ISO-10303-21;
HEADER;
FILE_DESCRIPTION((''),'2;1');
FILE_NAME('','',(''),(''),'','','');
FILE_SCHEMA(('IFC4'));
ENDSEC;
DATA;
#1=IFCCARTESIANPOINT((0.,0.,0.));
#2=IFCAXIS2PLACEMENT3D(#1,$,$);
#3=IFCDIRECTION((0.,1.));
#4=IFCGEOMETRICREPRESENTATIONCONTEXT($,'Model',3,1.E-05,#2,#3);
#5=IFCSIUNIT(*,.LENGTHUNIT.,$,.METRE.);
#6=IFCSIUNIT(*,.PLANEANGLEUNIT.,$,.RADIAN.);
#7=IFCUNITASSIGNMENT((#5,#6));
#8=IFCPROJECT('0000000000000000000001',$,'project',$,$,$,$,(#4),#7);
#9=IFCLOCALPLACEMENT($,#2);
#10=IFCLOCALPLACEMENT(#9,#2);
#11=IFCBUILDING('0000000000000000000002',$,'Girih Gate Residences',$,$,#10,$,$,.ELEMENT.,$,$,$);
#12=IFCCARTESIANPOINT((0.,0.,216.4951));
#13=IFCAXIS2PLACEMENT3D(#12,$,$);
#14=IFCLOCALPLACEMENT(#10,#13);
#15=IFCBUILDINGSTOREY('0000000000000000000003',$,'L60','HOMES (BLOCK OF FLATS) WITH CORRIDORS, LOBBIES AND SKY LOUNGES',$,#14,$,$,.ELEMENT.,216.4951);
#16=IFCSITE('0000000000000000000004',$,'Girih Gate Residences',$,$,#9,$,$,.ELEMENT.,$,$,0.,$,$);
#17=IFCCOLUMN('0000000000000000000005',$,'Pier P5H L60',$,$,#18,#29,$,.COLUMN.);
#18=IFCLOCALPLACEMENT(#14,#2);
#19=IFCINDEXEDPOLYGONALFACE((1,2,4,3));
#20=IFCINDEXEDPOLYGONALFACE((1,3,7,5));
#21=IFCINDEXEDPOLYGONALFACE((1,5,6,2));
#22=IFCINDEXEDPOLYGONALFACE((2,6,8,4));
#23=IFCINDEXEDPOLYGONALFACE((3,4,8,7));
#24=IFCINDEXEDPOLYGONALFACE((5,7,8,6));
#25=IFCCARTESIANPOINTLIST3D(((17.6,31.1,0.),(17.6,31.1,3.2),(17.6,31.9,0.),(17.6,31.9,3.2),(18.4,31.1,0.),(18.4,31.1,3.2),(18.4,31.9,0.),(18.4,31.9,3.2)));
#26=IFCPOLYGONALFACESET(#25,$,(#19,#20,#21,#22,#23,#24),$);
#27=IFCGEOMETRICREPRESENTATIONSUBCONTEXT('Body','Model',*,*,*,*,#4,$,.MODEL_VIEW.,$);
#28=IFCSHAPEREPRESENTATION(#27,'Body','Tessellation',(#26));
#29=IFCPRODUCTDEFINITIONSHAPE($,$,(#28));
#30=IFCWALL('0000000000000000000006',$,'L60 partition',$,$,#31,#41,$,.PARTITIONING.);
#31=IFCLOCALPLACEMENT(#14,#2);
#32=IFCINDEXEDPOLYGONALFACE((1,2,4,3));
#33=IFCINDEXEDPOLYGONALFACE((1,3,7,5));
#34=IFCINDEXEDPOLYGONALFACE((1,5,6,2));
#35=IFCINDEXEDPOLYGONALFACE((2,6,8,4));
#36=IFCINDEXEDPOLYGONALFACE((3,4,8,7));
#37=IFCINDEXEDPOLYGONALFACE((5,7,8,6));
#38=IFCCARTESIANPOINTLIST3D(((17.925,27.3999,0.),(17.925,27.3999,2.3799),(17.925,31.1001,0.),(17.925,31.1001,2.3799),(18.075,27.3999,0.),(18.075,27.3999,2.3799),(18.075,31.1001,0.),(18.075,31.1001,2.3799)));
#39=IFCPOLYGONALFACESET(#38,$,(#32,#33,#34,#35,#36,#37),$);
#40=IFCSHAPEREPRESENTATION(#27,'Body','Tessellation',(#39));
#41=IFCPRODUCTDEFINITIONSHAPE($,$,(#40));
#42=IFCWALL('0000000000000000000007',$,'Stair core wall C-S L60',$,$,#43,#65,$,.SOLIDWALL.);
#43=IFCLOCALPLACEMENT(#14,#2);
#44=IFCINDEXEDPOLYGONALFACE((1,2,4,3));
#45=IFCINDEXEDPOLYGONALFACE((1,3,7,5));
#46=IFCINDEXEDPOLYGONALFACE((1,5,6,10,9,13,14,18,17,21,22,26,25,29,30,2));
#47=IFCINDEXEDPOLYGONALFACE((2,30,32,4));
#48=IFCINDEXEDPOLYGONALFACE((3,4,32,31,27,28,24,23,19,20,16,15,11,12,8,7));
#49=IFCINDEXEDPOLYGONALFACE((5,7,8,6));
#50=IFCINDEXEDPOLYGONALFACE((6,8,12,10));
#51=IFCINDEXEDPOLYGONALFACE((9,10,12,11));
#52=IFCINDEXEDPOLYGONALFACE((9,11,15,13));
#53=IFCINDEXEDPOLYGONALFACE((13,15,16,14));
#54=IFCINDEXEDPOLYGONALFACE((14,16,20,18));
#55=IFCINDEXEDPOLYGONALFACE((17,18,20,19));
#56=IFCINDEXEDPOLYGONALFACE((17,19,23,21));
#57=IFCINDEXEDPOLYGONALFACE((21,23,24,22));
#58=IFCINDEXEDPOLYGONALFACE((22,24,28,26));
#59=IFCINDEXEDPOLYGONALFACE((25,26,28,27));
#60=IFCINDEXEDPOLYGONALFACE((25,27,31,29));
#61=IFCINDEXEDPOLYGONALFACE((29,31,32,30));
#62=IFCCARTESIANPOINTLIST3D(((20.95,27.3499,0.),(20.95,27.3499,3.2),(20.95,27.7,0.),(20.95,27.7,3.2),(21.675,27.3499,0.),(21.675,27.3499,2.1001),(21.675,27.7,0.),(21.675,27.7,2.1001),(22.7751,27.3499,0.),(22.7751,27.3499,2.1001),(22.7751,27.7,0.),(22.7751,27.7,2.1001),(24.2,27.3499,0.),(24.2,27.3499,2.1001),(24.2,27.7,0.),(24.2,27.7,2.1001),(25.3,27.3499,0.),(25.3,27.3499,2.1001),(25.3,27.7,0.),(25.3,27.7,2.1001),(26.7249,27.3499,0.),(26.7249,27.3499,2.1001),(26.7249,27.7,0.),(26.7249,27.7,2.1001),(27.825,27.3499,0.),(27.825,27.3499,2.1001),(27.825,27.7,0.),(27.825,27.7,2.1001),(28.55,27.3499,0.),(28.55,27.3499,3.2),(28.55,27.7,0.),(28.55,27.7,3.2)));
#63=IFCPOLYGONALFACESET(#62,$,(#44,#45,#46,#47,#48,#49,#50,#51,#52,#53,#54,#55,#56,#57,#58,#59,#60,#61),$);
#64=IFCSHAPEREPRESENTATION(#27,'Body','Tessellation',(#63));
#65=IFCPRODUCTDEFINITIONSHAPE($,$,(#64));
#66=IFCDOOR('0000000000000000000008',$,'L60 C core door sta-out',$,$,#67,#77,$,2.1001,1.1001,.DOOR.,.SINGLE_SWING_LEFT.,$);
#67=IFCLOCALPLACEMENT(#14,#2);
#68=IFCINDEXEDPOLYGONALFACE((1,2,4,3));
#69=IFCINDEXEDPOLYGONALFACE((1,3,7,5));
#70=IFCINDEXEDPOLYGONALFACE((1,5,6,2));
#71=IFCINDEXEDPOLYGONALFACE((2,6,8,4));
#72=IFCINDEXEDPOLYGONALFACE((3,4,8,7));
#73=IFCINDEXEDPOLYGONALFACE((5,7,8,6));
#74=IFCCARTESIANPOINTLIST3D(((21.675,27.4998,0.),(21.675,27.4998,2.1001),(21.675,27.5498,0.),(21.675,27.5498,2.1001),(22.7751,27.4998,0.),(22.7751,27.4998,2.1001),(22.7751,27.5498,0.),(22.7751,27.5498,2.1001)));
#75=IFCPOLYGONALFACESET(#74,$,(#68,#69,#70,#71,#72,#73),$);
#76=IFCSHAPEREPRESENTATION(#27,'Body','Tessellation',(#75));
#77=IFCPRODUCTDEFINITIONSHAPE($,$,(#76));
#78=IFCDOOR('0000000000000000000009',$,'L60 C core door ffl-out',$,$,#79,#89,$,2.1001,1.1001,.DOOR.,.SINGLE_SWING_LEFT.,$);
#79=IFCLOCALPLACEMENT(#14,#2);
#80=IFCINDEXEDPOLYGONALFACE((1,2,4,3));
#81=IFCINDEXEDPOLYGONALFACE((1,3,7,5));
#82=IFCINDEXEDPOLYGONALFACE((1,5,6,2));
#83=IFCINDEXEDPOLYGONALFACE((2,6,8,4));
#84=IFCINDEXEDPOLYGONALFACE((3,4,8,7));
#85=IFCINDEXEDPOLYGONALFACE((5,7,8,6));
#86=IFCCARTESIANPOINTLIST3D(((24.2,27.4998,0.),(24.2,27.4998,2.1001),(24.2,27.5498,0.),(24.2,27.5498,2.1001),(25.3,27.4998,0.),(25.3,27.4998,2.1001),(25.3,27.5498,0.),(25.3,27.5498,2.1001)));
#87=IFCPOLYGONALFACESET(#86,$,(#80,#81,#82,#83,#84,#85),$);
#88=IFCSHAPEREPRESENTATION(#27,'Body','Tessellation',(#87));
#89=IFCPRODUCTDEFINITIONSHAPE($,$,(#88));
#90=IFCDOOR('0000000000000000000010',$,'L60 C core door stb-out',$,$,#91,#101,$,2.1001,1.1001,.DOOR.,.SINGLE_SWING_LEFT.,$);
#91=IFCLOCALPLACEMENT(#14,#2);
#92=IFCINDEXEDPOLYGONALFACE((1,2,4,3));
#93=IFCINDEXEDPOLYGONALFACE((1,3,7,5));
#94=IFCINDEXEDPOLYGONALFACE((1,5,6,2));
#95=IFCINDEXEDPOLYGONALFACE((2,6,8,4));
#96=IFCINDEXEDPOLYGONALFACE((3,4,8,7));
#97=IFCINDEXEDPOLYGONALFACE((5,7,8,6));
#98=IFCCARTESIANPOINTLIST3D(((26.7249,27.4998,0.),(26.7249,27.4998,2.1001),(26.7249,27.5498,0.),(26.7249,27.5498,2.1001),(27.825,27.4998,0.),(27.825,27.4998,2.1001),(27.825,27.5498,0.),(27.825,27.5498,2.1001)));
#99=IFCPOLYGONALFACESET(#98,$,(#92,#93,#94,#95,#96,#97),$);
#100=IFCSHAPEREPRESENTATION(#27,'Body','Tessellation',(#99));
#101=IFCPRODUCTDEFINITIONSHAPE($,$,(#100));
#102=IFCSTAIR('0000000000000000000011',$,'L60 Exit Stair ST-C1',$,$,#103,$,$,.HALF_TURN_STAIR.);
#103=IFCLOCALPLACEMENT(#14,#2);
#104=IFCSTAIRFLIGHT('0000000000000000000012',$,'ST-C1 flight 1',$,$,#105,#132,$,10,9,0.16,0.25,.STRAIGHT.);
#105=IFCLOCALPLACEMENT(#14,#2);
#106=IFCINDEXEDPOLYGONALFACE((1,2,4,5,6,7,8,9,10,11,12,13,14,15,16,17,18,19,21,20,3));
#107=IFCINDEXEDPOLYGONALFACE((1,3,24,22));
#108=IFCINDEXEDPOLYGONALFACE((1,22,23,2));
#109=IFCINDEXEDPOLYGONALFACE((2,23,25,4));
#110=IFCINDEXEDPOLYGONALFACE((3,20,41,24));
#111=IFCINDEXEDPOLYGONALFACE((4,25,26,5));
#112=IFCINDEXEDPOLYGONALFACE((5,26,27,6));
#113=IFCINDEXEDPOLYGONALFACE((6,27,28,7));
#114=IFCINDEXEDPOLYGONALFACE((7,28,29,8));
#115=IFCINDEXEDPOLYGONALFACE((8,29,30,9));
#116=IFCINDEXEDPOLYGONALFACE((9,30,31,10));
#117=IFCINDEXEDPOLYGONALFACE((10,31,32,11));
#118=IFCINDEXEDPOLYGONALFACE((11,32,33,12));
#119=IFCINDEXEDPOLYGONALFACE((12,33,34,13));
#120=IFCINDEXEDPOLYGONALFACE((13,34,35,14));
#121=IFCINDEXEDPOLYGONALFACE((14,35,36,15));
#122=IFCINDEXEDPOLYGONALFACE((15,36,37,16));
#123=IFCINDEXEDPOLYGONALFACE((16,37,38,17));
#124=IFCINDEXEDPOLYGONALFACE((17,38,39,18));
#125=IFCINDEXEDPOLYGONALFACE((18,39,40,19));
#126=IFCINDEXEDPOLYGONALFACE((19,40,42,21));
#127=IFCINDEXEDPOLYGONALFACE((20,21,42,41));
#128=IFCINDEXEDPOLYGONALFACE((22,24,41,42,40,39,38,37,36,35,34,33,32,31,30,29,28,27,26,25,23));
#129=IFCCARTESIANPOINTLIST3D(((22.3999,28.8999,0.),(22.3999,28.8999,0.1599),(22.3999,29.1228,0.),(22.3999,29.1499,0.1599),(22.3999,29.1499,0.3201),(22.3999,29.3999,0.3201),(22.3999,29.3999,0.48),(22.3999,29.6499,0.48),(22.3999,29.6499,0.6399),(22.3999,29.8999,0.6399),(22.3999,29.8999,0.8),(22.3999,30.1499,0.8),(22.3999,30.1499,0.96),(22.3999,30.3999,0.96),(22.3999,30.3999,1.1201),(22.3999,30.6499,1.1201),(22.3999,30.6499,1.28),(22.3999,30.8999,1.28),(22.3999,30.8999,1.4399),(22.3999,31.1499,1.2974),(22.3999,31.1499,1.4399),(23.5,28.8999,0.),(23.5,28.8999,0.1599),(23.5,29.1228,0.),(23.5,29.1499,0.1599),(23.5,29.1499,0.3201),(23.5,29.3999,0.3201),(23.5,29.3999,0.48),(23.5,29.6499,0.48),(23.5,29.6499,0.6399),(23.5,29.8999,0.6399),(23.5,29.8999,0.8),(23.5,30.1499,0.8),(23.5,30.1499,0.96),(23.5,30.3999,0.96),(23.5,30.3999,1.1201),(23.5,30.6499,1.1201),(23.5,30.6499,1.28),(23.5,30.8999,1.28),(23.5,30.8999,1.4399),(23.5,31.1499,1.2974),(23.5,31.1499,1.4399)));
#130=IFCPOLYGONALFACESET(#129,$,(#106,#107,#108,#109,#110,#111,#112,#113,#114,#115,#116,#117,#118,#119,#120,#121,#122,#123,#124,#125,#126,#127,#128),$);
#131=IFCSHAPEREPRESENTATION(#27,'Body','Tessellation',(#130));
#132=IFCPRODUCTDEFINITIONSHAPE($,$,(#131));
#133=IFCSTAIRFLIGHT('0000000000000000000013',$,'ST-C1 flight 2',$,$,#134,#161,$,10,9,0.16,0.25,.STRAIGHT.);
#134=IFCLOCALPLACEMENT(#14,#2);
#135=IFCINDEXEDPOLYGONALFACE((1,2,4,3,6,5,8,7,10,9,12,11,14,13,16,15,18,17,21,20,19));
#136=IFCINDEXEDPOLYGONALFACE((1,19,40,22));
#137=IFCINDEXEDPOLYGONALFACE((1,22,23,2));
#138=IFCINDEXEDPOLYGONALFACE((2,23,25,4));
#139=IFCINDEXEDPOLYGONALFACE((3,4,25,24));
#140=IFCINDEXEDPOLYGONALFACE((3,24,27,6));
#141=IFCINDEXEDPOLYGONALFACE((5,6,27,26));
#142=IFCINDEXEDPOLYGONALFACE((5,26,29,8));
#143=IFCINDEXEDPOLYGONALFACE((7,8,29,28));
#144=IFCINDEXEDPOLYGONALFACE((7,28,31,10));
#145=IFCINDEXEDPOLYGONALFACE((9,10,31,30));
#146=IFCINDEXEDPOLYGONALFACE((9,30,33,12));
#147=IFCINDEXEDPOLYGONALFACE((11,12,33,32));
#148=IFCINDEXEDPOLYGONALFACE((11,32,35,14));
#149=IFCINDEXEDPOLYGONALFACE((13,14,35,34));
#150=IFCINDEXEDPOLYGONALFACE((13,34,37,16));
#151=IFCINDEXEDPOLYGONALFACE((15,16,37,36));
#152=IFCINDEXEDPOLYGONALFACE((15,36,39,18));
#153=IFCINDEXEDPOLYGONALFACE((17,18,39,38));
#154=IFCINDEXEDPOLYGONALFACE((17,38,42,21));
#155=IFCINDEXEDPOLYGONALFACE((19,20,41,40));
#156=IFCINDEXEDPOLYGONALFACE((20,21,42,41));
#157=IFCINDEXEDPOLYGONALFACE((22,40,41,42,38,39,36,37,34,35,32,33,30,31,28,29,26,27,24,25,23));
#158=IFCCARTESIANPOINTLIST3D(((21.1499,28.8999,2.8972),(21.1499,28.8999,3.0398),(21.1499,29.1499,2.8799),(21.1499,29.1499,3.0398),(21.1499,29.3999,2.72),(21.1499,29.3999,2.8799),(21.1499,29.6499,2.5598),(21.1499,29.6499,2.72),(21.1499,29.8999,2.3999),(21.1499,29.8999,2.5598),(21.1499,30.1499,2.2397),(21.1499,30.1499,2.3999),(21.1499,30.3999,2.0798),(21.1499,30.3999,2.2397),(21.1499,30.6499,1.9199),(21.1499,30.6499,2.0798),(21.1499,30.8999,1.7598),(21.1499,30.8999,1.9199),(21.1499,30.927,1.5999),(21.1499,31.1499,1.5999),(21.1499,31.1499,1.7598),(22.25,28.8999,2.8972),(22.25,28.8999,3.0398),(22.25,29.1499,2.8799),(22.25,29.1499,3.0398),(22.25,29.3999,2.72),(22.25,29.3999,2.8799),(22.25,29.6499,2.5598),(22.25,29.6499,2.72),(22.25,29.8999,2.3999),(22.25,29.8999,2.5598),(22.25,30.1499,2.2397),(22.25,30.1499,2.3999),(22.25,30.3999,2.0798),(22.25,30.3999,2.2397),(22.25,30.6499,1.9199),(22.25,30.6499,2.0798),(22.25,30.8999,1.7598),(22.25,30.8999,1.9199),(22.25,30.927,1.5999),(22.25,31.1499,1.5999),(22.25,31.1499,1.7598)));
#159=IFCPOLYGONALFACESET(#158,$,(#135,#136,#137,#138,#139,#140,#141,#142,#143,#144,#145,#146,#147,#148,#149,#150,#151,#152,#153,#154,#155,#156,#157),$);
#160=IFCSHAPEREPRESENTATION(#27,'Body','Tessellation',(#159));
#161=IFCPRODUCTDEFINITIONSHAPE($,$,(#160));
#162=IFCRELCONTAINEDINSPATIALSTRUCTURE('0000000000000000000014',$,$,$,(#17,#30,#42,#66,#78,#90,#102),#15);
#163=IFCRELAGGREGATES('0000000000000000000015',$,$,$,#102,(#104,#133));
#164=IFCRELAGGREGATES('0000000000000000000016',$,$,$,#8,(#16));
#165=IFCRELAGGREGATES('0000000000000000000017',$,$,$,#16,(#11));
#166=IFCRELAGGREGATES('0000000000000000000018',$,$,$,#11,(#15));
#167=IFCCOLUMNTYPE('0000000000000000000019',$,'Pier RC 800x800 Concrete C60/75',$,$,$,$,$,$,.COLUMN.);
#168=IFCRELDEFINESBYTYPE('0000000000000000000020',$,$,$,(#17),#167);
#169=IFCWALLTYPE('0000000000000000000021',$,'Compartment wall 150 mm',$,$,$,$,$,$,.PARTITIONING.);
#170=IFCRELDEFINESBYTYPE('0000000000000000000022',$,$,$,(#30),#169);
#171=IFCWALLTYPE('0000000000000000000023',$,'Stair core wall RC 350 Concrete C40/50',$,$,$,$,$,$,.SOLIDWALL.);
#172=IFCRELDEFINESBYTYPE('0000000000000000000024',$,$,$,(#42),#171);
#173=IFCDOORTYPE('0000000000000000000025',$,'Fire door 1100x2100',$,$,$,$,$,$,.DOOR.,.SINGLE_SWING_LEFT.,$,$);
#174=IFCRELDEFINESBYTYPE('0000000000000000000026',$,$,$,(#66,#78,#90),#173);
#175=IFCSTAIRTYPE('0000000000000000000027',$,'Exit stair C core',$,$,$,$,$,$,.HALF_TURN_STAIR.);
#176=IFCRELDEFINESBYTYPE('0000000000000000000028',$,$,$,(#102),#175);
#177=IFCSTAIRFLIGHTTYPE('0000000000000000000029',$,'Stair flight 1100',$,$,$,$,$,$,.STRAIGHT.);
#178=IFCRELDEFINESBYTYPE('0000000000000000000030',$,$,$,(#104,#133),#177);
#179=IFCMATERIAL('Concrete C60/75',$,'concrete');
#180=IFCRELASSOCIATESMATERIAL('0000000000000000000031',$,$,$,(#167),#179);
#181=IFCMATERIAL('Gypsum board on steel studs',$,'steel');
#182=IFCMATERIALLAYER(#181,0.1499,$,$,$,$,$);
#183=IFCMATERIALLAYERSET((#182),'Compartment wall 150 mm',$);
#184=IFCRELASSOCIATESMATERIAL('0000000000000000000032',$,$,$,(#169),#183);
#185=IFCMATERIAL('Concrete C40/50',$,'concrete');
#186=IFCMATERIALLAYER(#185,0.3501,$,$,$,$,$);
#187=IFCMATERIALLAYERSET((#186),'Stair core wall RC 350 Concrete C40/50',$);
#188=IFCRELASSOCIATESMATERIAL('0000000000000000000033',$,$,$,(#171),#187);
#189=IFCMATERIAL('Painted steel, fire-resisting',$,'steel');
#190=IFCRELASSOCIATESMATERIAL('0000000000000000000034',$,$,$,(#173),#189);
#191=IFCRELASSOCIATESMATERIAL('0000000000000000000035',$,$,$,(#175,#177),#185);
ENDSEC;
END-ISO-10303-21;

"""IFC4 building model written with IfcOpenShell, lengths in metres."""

from ifc_helpers import new_model, si_unit, direction, frame, frame_2d, origin, origin_2d, place, context, subcontext, project, spatial, polyline, rectangle, outline, extrude, material, layer, layer_set, material_profile, profile_set, type_object, element, fill, aggregate, save


model = new_model("IFC4")

# Units and contexts
model_context = context("Model", 3, precision=1e-05, world=origin(), true_north=direction((0.0, 1.0)))
body_context = subcontext(model_context, "Body", "Model", "MODEL_VIEW")
ifc_project = project(units=[si_unit("LENGTHUNIT", "METRE"), si_unit("PLANEANGLEUNIT", "RADIAN")], contexts=[model_context])

# Site, building, storey
site_placement = place(None, origin())
site = spatial("IfcSite", under=ifc_project, at=site_placement, Name="Girih Gate Residences", CompositionType="ELEMENT", RefElevation=0.0)
building_placement = place(site_placement, origin())
building = spatial("IfcBuilding", under=site, at=building_placement, Name="Girih Gate Residences", CompositionType="ELEMENT")
storey_placement = place(building_placement, frame((0.0, 0.0, 216.4951)))
storey = spatial("IfcBuildingStorey", under=building, at=storey_placement, Name="L60", Description="HOMES (BLOCK OF FLATS) WITH CORRIDORS, LOBBIES AND SKY LOUNGES", CompositionType="ELEMENT", Elevation=216.4951)

# Column
ifc_material_1 = material(Name="Concrete C60/75", Category="concrete")
ifc_material_profile = material_profile(ifc_material_1, rectangle(XDim=0.8, YDim=0.8, at=origin_2d()))
ifc_profile_set = profile_set([ifc_material_profile], Name="Concrete C60/75")
column_type = type_object("IfcColumnType", Name="Pier RC 800x800 Concrete C60/75", PredefinedType="COLUMN", material=ifc_profile_set)
column_placement = place(storey_placement, frame((18.0, 31.5, 0.0), z_axis=(0.0, 0.0, 1.0), x_axis=(1.0, 0.0, 0.0)))
element("IfcColumn", 1, at=column_placement, inside=storey, type_object=column_type, Name="Pier P5H L60", PredefinedType="COLUMN", context=body_context, shape_type="SweptSolid", body=[
    extrude(rectangle(XDim=0.8, YDim=0.8, at=origin_2d()), origin(), (0.0, 0.0, 1.0), 3.2),
])

# Wall
ifc_material_2 = material(Name="Gypsum board on steel studs", Category="steel")
ifc_layer_1 = layer(ifc_material_2, 0.1499)
ifc_layer_set_1 = layer_set([ifc_layer_1], Name="Compartment wall 150 mm")
wall_type_1 = type_object("IfcWallType", Name="Compartment wall 150 mm", PredefinedType="PARTITIONING", material=ifc_layer_set_1)
wall_1_placement = place(storey_placement, frame((18.0, 27.3999, 0.0), z_axis=(0.0, 0.0, 1.0), x_axis=(0.0, 1.0, 0.0)))
element("IfcWall", 2, at=wall_1_placement, inside=storey, type_object=wall_type_1, Name="L60 partition", PredefinedType="PARTITIONING", context=body_context, shape_type="SweptSolid", body=[
    extrude(rectangle(XDim=3.7002, YDim=0.1499, at=frame_2d((1.8501, 0.0))), origin(), (0.0, 0.0, 1.0), 2.3799),
])

# Wall, openings, doors
ifc_material_3 = material(Name="Concrete C40/50", Category="concrete")
ifc_layer_2 = layer(ifc_material_3, 0.3501)
ifc_layer_set_2 = layer_set([ifc_layer_2], Name="Stair core wall RC 350 Concrete C40/50")
wall_type_2 = type_object("IfcWallType", Name="Stair core wall RC 350 Concrete C40/50", PredefinedType="SOLIDWALL", material=ifc_layer_set_2)
wall_2_placement = place(storey_placement, frame((20.95, 27.5249, 0.0), z_axis=(0.0, 0.0, 1.0), x_axis=(1.0, 0.0, 0.0)))
wall_2 = element("IfcWall", 3, at=wall_2_placement, inside=storey, type_object=wall_type_2, Name="Stair core wall C-S L60", PredefinedType="SOLIDWALL", context=body_context, shape_type="SweptSolid", body=[
    extrude(rectangle(XDim=7.6001, YDim=0.3501, at=frame_2d((3.8, 0.0))), origin(), (0.0, 0.0, 1.0), 3.2),
])
opening_1_placement = place(wall_2_placement, frame((0.7251, 0.0, 0.0)))
opening_1 = element("IfcOpeningElement", 4, at=opening_1_placement, cuts=wall_2, PredefinedType="OPENING", context=body_context, shape_type="SweptSolid", body=[
    extrude(rectangle(XDim=1.1001, YDim=2.1001, at=frame_2d((0.55, 1.05))), frame((0.0, 0.1851, 0.0), z_axis=(0.0, -1.0, 0.0), x_axis=(1.0, 0.0, 0.0)), (0.0, 0.0, 1.0), 0.3701),
])
opening_2_placement = place(wall_2_placement, frame((3.25, 0.0, 0.0)))
opening_2 = element("IfcOpeningElement", 5, at=opening_2_placement, cuts=wall_2, PredefinedType="OPENING", context=body_context, shape_type="SweptSolid", body=[
    extrude(rectangle(XDim=1.1001, YDim=2.1001, at=frame_2d((0.55, 1.05))), frame((0.0, 0.1851, 0.0), z_axis=(0.0, -1.0, 0.0), x_axis=(1.0, 0.0, 0.0)), (0.0, 0.0, 1.0), 0.3701),
])
opening_3_placement = place(wall_2_placement, frame((5.7749, 0.0, 0.0)))
opening_3 = element("IfcOpeningElement", 6, at=opening_3_placement, cuts=wall_2, PredefinedType="OPENING", context=body_context, shape_type="SweptSolid", body=[
    extrude(rectangle(XDim=1.1001, YDim=2.1001, at=frame_2d((0.55, 1.05))), frame((0.0, 0.1851, 0.0), z_axis=(0.0, -1.0, 0.0), x_axis=(1.0, 0.0, 0.0)), (0.0, 0.0, 1.0), 0.3701),
])
ifc_material_4 = material(Name="Painted steel, fire-resisting", Category="steel")
door_type = type_object("IfcDoorType", Name="Fire door 1100x2100", OperationType="SINGLE_SWING_LEFT", PredefinedType="DOOR", material=ifc_material_4)
door_1_placement = place(opening_1_placement, origin())
door_1 = element("IfcDoor", 7, at=door_1_placement, inside=storey, type_object=door_type, Name="L60 C core door sta-out", OperationType="SINGLE_SWING_LEFT", OverallHeight=2.1001, OverallWidth=1.1001, PredefinedType="DOOR", context=body_context, shape_type="SweptSolid", body=[
    extrude(rectangle(XDim=1.1001, YDim=2.1001, at=frame_2d((0.55, 1.05))), frame((0.0, 0.0249, 0.0), z_axis=(0.0, -1.0, 0.0), x_axis=(1.0, 0.0, 0.0)), (0.0, 0.0, 1.0), 0.05),
])
fill(opening_1, door_1)
door_2_placement = place(opening_2_placement, origin())
door_2 = element("IfcDoor", 8, at=door_2_placement, inside=storey, type_object=door_type, Name="L60 C core door ffl-out", OperationType="SINGLE_SWING_LEFT", OverallHeight=2.1001, OverallWidth=1.1001, PredefinedType="DOOR", context=body_context, shape_type="SweptSolid", body=[
    extrude(rectangle(XDim=1.1001, YDim=2.1001, at=frame_2d((0.55, 1.05))), frame((0.0, 0.0249, 0.0), z_axis=(0.0, -1.0, 0.0), x_axis=(1.0, 0.0, 0.0)), (0.0, 0.0, 1.0), 0.05),
])
fill(opening_2, door_2)
door_3_placement = place(opening_3_placement, origin())
door_3 = element("IfcDoor", 9, at=door_3_placement, inside=storey, type_object=door_type, Name="L60 C core door stb-out", OperationType="SINGLE_SWING_LEFT", OverallHeight=2.1001, OverallWidth=1.1001, PredefinedType="DOOR", context=body_context, shape_type="SweptSolid", body=[
    extrude(rectangle(XDim=1.1001, YDim=2.1001, at=frame_2d((0.55, 1.05))), frame((0.0, 0.0249, 0.0), z_axis=(0.0, -1.0, 0.0), x_axis=(1.0, 0.0, 0.0)), (0.0, 0.0, 1.0), 0.05),
])
fill(opening_3, door_3)

# Stair, stair flights
stair_type = type_object("IfcStairType", Name="Exit stair C core", PredefinedType="HALF_TURN_STAIR", material=ifc_material_3)
stair_placement = place(storey_placement, origin())
stair = element("IfcStair", 10, at=stair_placement, inside=storey, type_object=stair_type, Name="L60 Exit Stair ST-C1", PredefinedType="HALF_TURN_STAIR")
stair_flight_type = type_object("IfcStairFlightType", Name="Stair flight 1100", PredefinedType="STRAIGHT", material=ifc_material_3)
stair_flight_1_placement = place(storey_placement, frame((22.95, 28.8999, 0.0), z_axis=(0.0, 0.0, 1.0), x_axis=(0.0, 1.0, 0.0)))
stair_flight_1 = element("IfcStairFlight", 11, at=stair_flight_1_placement, type_object=stair_flight_type, Name="ST-C1 flight 1", NumberOfRisers=10, NumberOfTreads=9, PredefinedType="STRAIGHT", RiserHeight=0.16, TreadLength=0.25, context=body_context, shape_type="SweptSolid", body=[
    extrude(outline(polyline([(0.0, 0.0), (0.0, 0.1599), (0.25, 0.1599), (0.25, 0.3201), (0.5, 0.3201), (0.5, 0.48), (0.75, 0.48), (0.75, 0.6399), (1.0, 0.6399), (1.0, 0.8), (1.25, 0.8), (1.25, 0.96), (1.5, 0.96), (1.5, 1.1201), (1.75, 1.1201), (1.75, 1.28), (2.0, 1.28), (2.0, 1.4399), (2.25, 1.4399), (2.25, 1.6001), (2.25, 1.2974), (0.2229, 0.0), (0.0, 0.0)])), frame((0.0, 0.55, 0.0), z_axis=(0.0, -1.0, 0.0), x_axis=(1.0, 0.0, 0.0)), (0.0, 0.0, 1.0), 1.1001),
])
stair_flight_2_placement = place(storey_placement, frame((21.7, 31.1499, 1.5999), z_axis=(0.0, 0.0, 1.0), x_axis=(0.0, -1.0, 0.0)))
stair_flight_2 = element("IfcStairFlight", 12, at=stair_flight_2_placement, type_object=stair_flight_type, Name="ST-C1 flight 2", NumberOfRisers=10, NumberOfTreads=9, PredefinedType="STRAIGHT", RiserHeight=0.16, TreadLength=0.25, context=body_context, shape_type="SweptSolid", body=[
    extrude(outline(polyline([(0.0, 0.0), (0.0, 0.1599), (0.25, 0.1599), (0.25, 0.3201), (0.5, 0.3201), (0.5, 0.48), (0.75, 0.48), (0.75, 0.6399), (1.0, 0.6399), (1.0, 0.8), (1.25, 0.8), (1.25, 0.96), (1.5, 0.96), (1.5, 1.1201), (1.75, 1.1201), (1.75, 1.28), (2.0, 1.28), (2.0, 1.4399), (2.25, 1.4399), (2.25, 1.6001), (2.25, 1.2974), (0.2229, 0.0), (0.0, 0.0)])), frame((0.0, 0.55, 0.0), z_axis=(0.0, -1.0, 0.0), x_axis=(1.0, 0.0, 0.0)), (0.0, 0.0, 1.0), 1.1001),
])
aggregate(stair, [stair_flight_1, stair_flight_2])

save(model, "model.ifc")
